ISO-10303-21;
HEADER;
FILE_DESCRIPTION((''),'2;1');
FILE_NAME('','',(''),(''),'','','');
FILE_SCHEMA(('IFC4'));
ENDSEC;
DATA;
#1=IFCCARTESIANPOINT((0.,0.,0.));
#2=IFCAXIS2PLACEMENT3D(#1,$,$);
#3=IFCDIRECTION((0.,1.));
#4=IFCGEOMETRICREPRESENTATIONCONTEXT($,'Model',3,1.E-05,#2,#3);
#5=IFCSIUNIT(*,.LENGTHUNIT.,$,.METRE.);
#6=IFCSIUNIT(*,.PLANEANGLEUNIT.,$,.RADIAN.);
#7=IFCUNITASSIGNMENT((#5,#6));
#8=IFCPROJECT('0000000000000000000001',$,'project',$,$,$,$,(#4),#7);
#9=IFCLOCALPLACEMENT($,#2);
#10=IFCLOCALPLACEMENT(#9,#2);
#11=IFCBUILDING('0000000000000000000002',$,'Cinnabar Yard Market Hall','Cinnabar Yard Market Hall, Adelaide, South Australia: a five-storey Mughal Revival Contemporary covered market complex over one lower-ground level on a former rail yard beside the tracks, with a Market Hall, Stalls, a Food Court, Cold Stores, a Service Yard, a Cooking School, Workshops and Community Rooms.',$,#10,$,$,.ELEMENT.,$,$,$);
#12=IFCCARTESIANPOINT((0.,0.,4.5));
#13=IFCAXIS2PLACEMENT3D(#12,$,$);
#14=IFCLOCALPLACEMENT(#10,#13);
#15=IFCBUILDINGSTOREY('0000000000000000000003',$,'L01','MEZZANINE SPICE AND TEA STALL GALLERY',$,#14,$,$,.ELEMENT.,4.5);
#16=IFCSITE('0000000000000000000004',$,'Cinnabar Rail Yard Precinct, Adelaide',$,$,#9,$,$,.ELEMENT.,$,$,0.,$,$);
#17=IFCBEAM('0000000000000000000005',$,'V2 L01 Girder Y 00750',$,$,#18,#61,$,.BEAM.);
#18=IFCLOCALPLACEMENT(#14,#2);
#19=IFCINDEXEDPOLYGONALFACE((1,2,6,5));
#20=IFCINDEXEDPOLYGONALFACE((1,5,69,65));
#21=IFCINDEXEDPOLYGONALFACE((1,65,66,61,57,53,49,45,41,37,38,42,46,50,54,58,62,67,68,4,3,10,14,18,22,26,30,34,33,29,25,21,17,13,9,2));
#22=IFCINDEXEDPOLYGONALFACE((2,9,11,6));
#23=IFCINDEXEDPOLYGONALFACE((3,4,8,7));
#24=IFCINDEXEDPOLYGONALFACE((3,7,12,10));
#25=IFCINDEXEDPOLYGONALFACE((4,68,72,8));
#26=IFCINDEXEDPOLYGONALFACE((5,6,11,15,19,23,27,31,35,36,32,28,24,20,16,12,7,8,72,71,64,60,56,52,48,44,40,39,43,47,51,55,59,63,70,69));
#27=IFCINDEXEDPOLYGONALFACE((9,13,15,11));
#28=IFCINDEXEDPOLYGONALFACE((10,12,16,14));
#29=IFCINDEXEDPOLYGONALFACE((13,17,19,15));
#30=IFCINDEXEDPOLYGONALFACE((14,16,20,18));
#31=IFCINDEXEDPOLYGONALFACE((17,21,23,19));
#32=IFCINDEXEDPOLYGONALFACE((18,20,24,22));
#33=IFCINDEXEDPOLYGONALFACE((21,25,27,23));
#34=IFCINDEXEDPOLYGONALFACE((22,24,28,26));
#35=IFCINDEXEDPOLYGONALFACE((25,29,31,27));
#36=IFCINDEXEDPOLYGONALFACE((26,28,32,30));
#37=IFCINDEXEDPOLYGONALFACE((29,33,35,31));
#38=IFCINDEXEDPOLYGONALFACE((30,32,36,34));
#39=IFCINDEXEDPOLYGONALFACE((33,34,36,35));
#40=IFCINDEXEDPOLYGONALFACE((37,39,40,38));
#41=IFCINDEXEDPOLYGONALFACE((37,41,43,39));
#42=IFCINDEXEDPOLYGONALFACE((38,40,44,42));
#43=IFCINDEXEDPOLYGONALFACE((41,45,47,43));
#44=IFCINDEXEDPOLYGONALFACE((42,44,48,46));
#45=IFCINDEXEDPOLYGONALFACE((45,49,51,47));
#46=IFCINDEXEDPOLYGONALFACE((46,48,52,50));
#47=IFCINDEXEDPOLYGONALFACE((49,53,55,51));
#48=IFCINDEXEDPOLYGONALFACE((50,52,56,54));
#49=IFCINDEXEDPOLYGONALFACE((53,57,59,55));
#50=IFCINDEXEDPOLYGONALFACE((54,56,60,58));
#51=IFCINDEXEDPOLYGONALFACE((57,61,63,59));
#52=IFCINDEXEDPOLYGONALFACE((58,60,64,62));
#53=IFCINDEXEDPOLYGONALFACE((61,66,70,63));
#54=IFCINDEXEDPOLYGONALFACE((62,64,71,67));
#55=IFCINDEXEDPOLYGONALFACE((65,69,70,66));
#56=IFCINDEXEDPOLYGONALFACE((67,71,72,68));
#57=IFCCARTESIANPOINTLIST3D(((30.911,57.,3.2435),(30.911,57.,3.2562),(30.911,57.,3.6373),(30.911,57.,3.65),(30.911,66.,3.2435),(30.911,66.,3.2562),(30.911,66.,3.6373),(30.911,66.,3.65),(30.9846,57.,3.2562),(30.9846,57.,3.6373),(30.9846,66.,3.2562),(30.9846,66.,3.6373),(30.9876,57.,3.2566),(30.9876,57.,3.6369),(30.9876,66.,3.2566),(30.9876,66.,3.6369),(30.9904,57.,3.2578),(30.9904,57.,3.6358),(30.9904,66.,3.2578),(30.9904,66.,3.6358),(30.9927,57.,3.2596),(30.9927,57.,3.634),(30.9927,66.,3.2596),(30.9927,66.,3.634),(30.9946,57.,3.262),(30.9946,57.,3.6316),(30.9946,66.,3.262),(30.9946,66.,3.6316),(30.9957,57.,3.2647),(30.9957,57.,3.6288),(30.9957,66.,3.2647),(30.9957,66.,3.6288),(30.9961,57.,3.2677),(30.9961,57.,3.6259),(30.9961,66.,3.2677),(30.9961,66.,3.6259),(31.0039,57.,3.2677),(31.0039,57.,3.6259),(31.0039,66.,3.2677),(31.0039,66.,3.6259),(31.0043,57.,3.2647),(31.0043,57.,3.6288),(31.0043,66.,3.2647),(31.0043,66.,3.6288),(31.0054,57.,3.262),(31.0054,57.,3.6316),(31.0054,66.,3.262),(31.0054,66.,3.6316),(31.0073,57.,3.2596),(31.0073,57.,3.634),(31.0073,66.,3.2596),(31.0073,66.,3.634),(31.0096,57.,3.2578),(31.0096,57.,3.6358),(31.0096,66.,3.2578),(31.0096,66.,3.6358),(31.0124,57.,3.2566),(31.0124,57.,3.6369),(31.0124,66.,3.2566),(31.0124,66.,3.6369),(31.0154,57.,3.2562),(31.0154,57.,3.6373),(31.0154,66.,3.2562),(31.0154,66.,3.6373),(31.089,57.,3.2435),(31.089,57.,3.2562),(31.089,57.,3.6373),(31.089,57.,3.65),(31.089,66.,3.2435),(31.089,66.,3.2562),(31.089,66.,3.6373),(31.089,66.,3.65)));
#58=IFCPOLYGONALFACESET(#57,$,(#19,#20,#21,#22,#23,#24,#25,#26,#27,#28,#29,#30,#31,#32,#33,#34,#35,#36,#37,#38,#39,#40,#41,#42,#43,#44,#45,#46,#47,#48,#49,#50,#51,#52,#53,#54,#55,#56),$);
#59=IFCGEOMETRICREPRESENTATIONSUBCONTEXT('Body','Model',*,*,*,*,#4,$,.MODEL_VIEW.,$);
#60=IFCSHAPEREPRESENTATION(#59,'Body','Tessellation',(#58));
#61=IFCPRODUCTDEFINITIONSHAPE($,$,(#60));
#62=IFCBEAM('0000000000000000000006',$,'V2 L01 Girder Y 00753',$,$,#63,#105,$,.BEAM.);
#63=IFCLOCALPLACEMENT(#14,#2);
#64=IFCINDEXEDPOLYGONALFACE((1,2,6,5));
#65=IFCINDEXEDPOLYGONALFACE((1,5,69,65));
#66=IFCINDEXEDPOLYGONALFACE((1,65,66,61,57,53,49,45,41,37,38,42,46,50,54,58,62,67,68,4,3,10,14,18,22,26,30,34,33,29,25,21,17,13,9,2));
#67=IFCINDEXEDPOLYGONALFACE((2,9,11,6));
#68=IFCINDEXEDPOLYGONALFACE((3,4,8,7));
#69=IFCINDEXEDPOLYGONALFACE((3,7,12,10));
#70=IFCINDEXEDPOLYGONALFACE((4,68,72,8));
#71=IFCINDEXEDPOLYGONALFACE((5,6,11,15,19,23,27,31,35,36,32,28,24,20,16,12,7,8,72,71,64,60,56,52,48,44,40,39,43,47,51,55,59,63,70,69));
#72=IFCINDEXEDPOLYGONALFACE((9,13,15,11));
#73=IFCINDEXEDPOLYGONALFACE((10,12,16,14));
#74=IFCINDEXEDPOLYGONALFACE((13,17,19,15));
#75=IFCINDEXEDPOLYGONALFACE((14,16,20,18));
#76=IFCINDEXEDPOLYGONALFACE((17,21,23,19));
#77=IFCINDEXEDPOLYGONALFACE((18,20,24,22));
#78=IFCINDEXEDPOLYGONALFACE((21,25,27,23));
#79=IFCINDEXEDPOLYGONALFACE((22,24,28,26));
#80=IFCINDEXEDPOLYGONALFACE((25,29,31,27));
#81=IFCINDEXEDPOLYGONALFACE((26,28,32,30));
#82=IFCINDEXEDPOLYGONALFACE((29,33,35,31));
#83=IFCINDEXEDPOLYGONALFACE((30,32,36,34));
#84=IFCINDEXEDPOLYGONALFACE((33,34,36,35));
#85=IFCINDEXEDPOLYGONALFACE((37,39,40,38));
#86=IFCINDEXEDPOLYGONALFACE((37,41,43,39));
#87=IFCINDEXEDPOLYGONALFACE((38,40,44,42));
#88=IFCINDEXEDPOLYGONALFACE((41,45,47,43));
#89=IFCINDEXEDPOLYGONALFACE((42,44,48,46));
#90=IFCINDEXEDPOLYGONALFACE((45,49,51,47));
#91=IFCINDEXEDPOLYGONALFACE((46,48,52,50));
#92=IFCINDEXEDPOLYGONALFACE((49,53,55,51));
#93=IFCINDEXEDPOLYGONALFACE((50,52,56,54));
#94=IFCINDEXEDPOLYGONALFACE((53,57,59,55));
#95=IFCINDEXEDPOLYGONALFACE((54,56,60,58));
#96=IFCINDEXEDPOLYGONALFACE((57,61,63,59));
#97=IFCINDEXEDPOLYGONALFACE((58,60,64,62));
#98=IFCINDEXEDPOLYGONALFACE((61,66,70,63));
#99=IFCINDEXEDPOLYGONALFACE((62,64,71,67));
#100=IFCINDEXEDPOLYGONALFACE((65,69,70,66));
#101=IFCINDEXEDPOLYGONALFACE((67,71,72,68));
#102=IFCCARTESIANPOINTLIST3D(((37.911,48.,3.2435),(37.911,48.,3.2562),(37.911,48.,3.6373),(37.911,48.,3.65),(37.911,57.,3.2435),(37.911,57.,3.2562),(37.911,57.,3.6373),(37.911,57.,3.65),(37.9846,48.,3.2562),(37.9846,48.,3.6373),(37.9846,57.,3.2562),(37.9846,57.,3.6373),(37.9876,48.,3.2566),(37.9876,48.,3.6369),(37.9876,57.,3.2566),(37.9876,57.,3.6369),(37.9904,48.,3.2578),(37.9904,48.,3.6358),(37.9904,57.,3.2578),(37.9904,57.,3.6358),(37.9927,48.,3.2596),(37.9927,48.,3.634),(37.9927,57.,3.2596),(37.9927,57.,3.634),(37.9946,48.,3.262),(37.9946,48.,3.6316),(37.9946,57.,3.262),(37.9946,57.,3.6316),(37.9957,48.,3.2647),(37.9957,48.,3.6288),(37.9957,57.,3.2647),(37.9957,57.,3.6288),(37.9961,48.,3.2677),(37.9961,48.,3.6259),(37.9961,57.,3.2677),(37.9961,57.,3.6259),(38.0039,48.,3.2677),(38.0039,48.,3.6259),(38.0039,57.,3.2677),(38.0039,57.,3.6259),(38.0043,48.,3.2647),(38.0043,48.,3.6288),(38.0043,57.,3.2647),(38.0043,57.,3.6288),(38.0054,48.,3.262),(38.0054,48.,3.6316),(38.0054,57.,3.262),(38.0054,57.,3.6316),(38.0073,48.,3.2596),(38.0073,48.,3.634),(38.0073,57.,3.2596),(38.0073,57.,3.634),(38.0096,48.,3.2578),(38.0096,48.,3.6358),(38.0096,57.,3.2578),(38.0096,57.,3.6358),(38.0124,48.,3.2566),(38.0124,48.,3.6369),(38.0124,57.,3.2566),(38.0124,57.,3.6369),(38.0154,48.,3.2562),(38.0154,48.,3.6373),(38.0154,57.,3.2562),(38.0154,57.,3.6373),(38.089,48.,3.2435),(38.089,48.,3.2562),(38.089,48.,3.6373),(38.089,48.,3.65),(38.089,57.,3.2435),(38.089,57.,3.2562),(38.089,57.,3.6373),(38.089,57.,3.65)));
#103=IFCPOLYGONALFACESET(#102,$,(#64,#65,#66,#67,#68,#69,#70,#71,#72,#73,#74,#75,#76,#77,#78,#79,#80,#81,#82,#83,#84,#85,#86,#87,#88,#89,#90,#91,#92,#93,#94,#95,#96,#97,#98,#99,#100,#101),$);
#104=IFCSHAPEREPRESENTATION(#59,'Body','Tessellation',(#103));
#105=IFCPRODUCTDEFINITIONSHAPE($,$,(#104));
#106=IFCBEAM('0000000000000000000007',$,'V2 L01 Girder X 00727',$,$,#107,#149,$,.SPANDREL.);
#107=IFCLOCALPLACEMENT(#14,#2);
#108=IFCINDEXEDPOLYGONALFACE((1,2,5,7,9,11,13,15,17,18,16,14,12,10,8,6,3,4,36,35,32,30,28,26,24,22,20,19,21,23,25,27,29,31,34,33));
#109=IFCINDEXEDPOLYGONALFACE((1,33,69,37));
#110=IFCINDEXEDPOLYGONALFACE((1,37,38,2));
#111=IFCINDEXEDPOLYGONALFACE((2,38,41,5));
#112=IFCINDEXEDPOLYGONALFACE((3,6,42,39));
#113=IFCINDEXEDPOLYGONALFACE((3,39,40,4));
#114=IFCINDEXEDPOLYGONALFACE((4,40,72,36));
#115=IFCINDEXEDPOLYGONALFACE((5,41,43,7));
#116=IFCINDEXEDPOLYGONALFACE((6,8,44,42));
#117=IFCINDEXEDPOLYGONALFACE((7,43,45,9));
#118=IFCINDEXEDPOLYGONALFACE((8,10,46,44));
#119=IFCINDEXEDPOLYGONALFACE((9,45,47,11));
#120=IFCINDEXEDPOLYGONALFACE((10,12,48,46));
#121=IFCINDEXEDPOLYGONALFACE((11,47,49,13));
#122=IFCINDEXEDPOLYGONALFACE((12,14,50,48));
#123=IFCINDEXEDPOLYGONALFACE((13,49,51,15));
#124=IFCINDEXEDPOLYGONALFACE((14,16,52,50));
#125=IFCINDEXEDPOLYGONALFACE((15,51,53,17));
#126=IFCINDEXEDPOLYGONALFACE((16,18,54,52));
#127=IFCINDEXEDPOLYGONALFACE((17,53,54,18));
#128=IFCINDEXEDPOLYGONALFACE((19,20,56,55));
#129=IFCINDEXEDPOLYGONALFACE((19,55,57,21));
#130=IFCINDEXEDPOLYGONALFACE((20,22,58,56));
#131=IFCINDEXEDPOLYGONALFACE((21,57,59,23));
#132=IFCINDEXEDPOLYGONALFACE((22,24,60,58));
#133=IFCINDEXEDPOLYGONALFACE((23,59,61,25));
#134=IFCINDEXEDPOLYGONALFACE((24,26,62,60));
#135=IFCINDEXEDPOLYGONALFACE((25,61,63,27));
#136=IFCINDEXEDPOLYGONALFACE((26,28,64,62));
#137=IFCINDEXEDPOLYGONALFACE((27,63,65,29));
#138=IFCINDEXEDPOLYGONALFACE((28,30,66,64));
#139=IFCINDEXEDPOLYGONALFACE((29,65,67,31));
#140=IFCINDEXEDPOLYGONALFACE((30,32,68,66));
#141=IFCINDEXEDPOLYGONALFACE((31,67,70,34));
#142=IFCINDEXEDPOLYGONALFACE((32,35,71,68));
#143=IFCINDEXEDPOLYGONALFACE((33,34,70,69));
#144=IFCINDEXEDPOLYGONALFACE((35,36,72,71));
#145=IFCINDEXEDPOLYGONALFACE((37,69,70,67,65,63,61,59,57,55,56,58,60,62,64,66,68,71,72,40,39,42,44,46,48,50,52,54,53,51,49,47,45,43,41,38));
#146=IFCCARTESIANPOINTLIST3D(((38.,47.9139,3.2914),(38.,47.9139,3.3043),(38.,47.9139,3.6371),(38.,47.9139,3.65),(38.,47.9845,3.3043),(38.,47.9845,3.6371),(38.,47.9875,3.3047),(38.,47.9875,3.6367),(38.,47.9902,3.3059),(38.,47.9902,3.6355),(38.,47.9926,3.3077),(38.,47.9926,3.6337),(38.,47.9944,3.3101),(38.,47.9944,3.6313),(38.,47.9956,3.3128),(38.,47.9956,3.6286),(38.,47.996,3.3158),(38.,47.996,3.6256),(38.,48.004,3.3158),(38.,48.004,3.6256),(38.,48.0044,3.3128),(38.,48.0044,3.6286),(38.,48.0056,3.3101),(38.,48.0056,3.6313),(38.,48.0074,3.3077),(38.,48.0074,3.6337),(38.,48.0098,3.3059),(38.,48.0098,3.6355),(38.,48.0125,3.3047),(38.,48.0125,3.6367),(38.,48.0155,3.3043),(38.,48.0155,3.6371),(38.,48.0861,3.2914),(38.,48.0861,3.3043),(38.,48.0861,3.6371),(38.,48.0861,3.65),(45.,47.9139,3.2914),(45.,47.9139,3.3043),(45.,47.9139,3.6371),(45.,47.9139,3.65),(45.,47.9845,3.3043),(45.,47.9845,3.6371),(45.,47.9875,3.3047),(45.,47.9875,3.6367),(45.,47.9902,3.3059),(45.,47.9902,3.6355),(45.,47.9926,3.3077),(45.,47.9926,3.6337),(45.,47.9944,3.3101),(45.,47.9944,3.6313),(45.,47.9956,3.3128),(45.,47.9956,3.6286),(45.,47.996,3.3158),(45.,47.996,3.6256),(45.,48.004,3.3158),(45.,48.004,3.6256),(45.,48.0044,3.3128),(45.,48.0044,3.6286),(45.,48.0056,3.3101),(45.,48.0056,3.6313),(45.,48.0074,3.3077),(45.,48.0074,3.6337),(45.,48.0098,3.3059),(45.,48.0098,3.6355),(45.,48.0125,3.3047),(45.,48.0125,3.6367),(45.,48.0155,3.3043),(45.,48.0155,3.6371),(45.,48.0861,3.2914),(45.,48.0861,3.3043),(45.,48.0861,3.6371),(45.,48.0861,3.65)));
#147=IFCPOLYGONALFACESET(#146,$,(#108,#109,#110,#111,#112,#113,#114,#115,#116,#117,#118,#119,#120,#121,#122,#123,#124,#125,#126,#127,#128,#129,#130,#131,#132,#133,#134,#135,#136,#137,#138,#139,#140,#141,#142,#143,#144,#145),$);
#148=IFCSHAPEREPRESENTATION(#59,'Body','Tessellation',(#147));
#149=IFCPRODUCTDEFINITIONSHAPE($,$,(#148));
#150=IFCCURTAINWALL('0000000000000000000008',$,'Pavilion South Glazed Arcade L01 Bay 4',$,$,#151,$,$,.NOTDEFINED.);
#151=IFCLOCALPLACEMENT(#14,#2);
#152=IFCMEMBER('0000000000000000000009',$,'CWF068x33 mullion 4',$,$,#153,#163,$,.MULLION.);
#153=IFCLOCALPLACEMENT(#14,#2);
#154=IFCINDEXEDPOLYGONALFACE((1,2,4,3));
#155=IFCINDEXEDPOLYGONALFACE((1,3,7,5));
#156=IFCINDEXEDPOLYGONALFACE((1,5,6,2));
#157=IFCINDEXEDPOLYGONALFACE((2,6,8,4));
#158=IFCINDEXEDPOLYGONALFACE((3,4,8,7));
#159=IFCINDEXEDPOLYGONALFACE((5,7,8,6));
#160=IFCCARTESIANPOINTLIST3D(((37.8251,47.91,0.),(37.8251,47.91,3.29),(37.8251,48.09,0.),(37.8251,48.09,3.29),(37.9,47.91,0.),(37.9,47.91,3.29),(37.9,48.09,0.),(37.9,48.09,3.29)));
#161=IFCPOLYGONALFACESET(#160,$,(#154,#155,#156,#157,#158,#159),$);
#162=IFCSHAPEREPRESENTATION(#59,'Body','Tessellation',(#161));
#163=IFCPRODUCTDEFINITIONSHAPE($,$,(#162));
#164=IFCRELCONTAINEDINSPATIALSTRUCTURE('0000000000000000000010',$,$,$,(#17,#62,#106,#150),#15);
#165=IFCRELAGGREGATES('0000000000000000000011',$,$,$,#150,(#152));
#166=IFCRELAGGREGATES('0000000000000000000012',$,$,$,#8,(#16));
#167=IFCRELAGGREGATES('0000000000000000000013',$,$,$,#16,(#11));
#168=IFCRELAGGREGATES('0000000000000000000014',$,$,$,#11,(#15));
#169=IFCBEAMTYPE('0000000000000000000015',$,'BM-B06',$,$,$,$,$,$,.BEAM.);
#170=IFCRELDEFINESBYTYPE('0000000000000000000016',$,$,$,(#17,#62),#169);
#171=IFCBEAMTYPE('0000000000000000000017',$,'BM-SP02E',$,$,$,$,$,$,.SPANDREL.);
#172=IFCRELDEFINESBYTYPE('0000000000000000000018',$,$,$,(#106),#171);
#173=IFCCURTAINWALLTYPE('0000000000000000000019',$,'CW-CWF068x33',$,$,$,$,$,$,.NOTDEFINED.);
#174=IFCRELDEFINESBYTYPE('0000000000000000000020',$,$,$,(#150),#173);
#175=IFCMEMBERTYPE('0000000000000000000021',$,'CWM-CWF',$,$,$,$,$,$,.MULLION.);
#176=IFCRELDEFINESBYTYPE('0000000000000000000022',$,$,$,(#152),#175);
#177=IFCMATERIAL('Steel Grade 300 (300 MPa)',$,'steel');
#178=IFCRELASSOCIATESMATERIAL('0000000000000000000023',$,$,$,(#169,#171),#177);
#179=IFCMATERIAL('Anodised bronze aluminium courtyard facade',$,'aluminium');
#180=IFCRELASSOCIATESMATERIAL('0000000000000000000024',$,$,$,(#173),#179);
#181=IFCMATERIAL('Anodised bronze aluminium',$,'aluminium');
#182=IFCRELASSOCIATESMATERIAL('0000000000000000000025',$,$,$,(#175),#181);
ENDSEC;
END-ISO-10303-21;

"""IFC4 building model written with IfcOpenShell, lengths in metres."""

from ifc_helpers import new_model, si_unit, direction, frame, origin, origin_2d_with_axis, place, context, subcontext, project, spatial, rectangle, i_section, extrude, material, material_profile, profile_set, type_object, element, aggregate, save


model = new_model("IFC4")

# Units and contexts
model_context = context("Model", 3, precision=1e-05, world=origin(), true_north=direction((0.0, 1.0)))
body_context = subcontext(model_context, "Body", "Model", "MODEL_VIEW")
ifc_project = project(units=[si_unit("LENGTHUNIT", "METRE"), si_unit("PLANEANGLEUNIT", "RADIAN")], contexts=[model_context])

# Site, building, storey
site_placement = place(None, origin())
site = spatial("IfcSite", under=ifc_project, at=site_placement, Name="Cinnabar Rail Yard Precinct, Adelaide", CompositionType="ELEMENT", RefElevation=0.0)
building_placement = place(site_placement, origin())
building = spatial("IfcBuilding", under=site, at=building_placement, Name="Cinnabar Yard Market Hall", Description="Cinnabar Yard Market Hall, Adelaide, South Australia: a five-storey Mughal Revival Contemporary covered market complex over one lower-ground level on a former rail yard beside the tracks, with a Market Hall, Stalls, a Food Court, Cold Stores, a Service Yard, a Cooking School, Workshops and Community Rooms.", CompositionType="ELEMENT")
storey_placement = place(building_placement, frame((0.0, 0.0, 4.5)))
storey = spatial("IfcBuildingStorey", under=building, at=storey_placement, Name="L01", Description="MEZZANINE SPICE AND TEA STALL GALLERY", CompositionType="ELEMENT", Elevation=4.5)

# Shared definitions
ifc_material_1 = material(Name="Steel Grade 300 (300 MPa)", Category="steel")

# Beams
ifc_material_profile_1 = material_profile(ifc_material_1, i_section(OverallWidth=0.178, OverallDepth=0.4065, WebThickness=0.0078, FlangeThickness=0.0127, FilletRadius=0.0115, at=origin_2d_with_axis()), Name="410UB59.7")
ifc_profile_set_1 = profile_set([ifc_material_profile_1], Name="Steel Grade 300 (300 MPa)")
beam_type_1 = type_object("IfcBeamType", Name="BM-B06", PredefinedType="BEAM", material=ifc_profile_set_1)
for number, where, z_axis, x_axis, name in (
    (1, (31.0, 57.0, 3.4468), (0.0, 1.0, 0.0), (-1.0, 0.0, 0.0), "V2 L01 Girder Y 00750"),
    (2, (38.0, 48.0, 3.4468), (0.0, 1.0, 0.0), (-1.0, 0.0, 0.0), "V2 L01 Girder Y 00753"),
):
    element("IfcBeam", number, at=place(storey_placement, frame(where, z_axis=z_axis, x_axis=x_axis)), inside=storey, type_object=beam_type_1, Name=name, PredefinedType="BEAM", context=body_context, shape_type="SweptSolid", body=[
        extrude(i_section(OverallWidth=0.178, OverallDepth=0.4065, WebThickness=0.0078, FlangeThickness=0.0127, FilletRadius=0.0115, at=origin_2d_with_axis()), origin(), (0.0, 0.0, 1.0), 9.0),
    ])
ifc_material_profile_2 = material_profile(ifc_material_1, i_section(OverallWidth=0.1721, OverallDepth=0.3586, WebThickness=0.0081, FlangeThickness=0.0129, FilletRadius=0.0115, at=origin_2d_with_axis()), Name="360UB56.7")
ifc_profile_set_2 = profile_set([ifc_material_profile_2], Name="Steel Grade 300 (300 MPa)")
beam_type_2 = type_object("IfcBeamType", Name="BM-SP02E", PredefinedType="SPANDREL", material=ifc_profile_set_2)
beam_1_placement = place(storey_placement, frame((38.0, 48.0, 3.4707), z_axis=(1.0, 0.0, 0.0), x_axis=(0.0, 1.0, 0.0)))
element("IfcBeam", 3, at=beam_1_placement, inside=storey, type_object=beam_type_2, Name="V2 L01 Girder X 00727", PredefinedType="SPANDREL", context=body_context, shape_type="SweptSolid", body=[
    extrude(i_section(OverallWidth=0.1721, OverallDepth=0.3586, WebThickness=0.0081, FlangeThickness=0.0129, FilletRadius=0.0115, at=origin_2d_with_axis()), origin(), (0.0, 0.0, 1.0), 7.0),
])

# Curtain wall, member
ifc_material_2 = material(Name="Anodised bronze aluminium courtyard facade", Category="aluminium")
curtain_wall_type = type_object("IfcCurtainWallType", Name="CW-CWF068x33", PredefinedType="NOTDEFINED", material=ifc_material_2)
curtain_wall_placement = place(storey_placement, origin())
curtain_wall = element("IfcCurtainWall", 4, at=curtain_wall_placement, inside=storey, type_object=curtain_wall_type, Name="Pavilion South Glazed Arcade L01 Bay 4", PredefinedType="NOTDEFINED")
ifc_material_3 = material(Name="Anodised bronze aluminium", Category="aluminium")
ifc_material_profile_3 = material_profile(ifc_material_3, rectangle(XDim=0.1799, YDim=0.075, at=origin_2d_with_axis()), Name="MUL-CWF")
ifc_profile_set_3 = profile_set([ifc_material_profile_3], Name="Anodised bronze aluminium")
member_type = type_object("IfcMemberType", Name="CWM-CWF", PredefinedType="MULLION", material=ifc_profile_set_3)
member_placement = place(storey_placement, frame((37.8625, 48.0, 0.0), z_axis=(0.0, 0.0, 1.0), x_axis=(0.0, 1.0, 0.0)))
member = element("IfcMember", 5, at=member_placement, type_object=member_type, Name="CWF068x33 mullion 4", PredefinedType="MULLION", context=body_context, shape_type="SweptSolid", body=[
    extrude(rectangle(XDim=0.1799, YDim=0.075, at=origin_2d_with_axis()), origin(), (0.0, 0.0, 1.0), 3.29),
])
aggregate(curtain_wall, [member])

save(model, "model.ifc")
